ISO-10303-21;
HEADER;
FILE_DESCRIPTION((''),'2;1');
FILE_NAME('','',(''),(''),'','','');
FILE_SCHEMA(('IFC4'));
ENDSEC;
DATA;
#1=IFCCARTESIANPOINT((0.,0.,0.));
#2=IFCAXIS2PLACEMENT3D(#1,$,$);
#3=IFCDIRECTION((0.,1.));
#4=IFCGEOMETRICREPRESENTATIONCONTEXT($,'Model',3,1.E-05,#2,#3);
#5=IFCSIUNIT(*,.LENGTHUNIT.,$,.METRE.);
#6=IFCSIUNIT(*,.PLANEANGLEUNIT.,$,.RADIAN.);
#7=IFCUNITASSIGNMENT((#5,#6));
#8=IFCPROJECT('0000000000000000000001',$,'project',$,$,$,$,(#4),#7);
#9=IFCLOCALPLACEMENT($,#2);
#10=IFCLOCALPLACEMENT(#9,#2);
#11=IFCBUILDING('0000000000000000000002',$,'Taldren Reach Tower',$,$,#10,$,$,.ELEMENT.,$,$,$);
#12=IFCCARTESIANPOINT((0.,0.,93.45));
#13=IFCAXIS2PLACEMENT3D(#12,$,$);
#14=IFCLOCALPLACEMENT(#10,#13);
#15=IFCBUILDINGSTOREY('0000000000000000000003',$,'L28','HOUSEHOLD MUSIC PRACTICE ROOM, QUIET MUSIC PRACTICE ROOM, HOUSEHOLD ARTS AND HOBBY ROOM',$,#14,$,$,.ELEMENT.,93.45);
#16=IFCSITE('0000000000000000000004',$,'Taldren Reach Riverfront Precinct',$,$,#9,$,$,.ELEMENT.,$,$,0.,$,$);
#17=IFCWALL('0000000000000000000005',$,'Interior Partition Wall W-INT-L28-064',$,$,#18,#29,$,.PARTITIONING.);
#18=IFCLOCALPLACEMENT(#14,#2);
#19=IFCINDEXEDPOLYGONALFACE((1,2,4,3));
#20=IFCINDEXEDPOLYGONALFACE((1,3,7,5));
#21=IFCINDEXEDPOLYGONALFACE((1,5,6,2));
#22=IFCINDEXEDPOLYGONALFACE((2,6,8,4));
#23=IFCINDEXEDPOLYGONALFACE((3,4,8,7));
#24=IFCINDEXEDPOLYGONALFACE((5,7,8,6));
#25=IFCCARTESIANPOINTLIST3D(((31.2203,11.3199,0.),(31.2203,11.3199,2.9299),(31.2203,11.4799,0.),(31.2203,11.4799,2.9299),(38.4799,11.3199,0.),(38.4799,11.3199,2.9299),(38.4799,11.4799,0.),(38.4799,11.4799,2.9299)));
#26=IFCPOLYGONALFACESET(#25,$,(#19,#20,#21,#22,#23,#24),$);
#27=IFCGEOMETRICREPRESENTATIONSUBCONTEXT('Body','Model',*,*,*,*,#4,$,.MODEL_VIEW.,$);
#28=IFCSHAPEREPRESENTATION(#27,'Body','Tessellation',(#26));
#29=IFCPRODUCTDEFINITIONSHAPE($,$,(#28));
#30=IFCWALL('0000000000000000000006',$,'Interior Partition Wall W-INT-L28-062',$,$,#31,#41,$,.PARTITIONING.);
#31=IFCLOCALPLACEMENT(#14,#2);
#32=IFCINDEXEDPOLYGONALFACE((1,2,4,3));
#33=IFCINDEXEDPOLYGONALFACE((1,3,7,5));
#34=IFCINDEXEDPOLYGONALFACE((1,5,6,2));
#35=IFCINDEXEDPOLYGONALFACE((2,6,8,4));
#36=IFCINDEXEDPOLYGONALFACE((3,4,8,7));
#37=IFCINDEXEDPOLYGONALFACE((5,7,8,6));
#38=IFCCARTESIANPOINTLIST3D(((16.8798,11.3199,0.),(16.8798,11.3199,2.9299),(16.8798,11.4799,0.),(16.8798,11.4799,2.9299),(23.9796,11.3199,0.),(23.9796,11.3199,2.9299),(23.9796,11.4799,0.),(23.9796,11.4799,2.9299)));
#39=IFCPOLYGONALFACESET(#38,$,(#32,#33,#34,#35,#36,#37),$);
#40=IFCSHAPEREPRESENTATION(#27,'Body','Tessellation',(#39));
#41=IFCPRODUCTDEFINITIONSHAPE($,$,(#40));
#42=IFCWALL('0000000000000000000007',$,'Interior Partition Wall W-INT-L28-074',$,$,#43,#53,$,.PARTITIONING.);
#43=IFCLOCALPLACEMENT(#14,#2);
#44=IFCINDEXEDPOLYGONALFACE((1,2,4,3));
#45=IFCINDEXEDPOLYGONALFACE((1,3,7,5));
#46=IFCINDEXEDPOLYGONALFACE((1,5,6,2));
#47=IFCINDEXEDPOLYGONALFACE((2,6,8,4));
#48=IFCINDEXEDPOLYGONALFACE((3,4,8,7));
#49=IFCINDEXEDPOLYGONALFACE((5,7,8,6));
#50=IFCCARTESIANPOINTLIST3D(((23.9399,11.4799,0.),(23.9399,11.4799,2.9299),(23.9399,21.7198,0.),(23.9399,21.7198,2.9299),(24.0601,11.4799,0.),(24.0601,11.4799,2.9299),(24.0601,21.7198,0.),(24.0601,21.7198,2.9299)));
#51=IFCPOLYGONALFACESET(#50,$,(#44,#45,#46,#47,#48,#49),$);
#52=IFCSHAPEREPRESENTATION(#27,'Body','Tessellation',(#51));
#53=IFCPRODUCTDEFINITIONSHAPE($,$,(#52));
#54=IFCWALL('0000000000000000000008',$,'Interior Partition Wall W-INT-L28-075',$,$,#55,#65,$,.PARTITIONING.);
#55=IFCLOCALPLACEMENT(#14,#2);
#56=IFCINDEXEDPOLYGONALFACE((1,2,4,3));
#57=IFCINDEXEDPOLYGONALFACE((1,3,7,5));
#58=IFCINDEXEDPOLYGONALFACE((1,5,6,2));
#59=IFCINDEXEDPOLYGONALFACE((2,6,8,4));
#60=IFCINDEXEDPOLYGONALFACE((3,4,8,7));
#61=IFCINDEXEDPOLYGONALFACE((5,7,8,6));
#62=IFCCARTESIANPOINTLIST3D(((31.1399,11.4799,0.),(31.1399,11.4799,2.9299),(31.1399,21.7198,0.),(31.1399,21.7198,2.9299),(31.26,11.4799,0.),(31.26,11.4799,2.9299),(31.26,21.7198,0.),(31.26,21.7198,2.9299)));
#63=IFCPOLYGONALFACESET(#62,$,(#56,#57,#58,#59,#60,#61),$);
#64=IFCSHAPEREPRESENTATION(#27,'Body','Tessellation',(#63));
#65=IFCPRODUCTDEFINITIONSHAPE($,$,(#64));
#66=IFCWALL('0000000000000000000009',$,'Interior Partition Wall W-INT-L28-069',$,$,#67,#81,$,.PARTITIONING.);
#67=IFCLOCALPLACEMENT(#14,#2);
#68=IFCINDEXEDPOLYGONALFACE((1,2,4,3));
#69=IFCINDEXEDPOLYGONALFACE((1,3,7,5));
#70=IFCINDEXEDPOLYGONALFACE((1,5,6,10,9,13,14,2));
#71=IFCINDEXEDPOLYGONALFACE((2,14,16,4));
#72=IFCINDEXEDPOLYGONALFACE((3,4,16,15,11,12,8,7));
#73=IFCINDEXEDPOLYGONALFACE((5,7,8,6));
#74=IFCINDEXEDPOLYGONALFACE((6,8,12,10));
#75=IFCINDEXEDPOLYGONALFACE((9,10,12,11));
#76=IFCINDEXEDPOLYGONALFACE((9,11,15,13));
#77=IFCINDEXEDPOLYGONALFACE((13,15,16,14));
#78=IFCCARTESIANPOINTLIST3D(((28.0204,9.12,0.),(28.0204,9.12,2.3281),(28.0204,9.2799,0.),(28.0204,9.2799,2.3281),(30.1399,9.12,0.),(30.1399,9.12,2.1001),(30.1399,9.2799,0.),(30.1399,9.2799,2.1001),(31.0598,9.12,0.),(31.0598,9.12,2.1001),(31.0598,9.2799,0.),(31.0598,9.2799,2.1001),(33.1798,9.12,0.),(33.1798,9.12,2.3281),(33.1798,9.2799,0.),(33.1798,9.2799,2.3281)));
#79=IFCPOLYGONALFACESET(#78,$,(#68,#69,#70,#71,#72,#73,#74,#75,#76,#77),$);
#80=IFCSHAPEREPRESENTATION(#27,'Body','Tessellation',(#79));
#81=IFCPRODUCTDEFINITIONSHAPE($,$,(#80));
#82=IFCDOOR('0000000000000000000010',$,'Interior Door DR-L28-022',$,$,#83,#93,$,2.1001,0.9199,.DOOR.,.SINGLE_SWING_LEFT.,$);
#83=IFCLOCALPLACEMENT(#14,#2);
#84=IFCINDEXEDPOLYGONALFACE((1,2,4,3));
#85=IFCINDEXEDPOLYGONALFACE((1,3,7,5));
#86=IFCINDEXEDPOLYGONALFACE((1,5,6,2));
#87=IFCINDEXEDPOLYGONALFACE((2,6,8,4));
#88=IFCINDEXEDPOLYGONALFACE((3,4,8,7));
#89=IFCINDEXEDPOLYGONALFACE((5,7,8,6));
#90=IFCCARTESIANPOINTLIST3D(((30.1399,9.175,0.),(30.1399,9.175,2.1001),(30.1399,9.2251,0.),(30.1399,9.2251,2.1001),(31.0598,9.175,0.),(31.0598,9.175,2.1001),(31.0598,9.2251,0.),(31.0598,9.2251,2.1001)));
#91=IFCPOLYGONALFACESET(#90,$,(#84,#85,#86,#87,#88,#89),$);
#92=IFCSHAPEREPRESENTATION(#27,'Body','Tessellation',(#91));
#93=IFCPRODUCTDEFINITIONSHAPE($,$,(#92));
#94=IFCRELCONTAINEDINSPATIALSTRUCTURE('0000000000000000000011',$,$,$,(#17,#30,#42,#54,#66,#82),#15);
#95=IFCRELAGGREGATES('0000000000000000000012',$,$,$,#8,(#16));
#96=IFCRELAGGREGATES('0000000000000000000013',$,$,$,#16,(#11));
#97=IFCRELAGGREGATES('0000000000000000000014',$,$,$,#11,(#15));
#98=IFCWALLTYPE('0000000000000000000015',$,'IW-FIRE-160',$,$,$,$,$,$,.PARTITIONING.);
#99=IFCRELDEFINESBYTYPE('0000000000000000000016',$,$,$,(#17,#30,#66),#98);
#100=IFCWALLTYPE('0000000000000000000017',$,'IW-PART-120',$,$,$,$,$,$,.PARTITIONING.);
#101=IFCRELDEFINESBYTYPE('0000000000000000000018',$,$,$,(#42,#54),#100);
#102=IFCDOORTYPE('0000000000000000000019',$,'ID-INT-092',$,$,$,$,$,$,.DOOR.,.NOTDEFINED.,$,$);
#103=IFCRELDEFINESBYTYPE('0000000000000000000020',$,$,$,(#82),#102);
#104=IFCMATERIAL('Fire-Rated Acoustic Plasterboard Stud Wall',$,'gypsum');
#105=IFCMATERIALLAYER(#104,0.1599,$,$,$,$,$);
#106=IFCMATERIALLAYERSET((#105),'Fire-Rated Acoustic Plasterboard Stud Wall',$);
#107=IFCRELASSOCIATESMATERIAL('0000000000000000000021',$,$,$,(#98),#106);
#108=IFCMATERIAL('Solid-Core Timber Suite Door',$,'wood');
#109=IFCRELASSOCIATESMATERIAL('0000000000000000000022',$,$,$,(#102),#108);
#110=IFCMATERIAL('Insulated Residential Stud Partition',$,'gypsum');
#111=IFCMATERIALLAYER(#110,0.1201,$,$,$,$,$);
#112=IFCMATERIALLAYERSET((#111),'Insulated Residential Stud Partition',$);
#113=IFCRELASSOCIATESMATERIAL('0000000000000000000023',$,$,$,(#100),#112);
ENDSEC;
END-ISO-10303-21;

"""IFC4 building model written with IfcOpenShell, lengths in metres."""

from ifc_helpers import new_model, si_unit, direction, frame, frame_2d, origin, place, context, subcontext, project, spatial, rectangle, extrude, source, transform, mapped, material, layer, layer_set, type_object, element, fill, save


model = new_model("IFC4")

# Units and contexts
model_context = context("Model", 3, precision=1e-05, world=origin(), true_north=direction((0.0, 1.0)))
body_context = subcontext(model_context, "Body", "Model", "MODEL_VIEW")
ifc_project = project(units=[si_unit("LENGTHUNIT", "METRE"), si_unit("PLANEANGLEUNIT", "RADIAN")], contexts=[model_context])

# Site, building, storey
site_placement = place(None, origin())
site = spatial("IfcSite", under=ifc_project, at=site_placement, Name="Taldren Reach Riverfront Precinct", CompositionType="ELEMENT", RefElevation=0.0)
building_placement = place(site_placement, origin())
building = spatial("IfcBuilding", under=site, at=building_placement, Name="Taldren Reach Tower", CompositionType="ELEMENT")
storey_placement = place(building_placement, frame((0.0, 0.0, 93.45)))
storey = spatial("IfcBuildingStorey", under=building, at=storey_placement, Name="L28", Description="HOUSEHOLD MUSIC PRACTICE ROOM, QUIET MUSIC PRACTICE ROOM, HOUSEHOLD ARTS AND HOBBY ROOM", CompositionType="ELEMENT", Elevation=93.45)

# Shared definitions
ifc_material_1 = material(Name="Fire-Rated Acoustic Plasterboard Stud Wall", Category="gypsum")
ifc_layer_1 = layer(ifc_material_1, 0.1599)
ifc_layer_set_1 = layer_set([ifc_layer_1], Name="Fire-Rated Acoustic Plasterboard Stud Wall")
wall_type_1 = type_object("IfcWallType", Name="IW-FIRE-160", PredefinedType="PARTITIONING", material=ifc_layer_set_1)
shared_shape_1 = source(origin(), body_context, "Body", "SweptSolid", [
    extrude(rectangle(XDim=0.9199, YDim=2.1001, at=frame_2d((0.46, 1.05))), frame((0.0, 0.0898, 0.0), z_axis=(0.0, -1.0, 0.0), x_axis=(1.0, 0.0, 0.0)), (0.0, 0.0, 1.0), 0.1799),
])
ifc_material_2 = material(Name="Solid-Core Timber Suite Door", Category="wood")
door_type_1 = type_object("IfcDoorType", Name="ID-INT-092", OperationType="NOTDEFINED", PredefinedType="DOOR", material=ifc_material_2)
shared_shape_2 = source(origin(), body_context, "Body", "SweptSolid", [
    extrude(rectangle(XDim=0.9199, YDim=2.1001, at=frame_2d((0.46, 1.05))), frame((0.0, 0.0249, 0.0), z_axis=(0.0, -1.0, 0.0), x_axis=(1.0, 0.0, 0.0)), (0.0, 0.0, 1.0), 0.05),
])

# Walls
shared_shape_3 = source(origin(), body_context, "Body", "SweptSolid", [
    extrude(rectangle(XDim=7.2595, YDim=0.1599, at=frame_2d((3.6299, 0.0))), origin(), (0.0, 0.0, 1.0), 2.9299),
])
wall_1_placement = place(storey_placement, frame((31.2202, 11.3999, 0.0), z_axis=(0.0, 0.0, 1.0), x_axis=(1.0, 0.0, 0.0)))
element("IfcWall", 1, at=wall_1_placement, inside=storey, type_object=wall_type_1, Name="Interior Partition Wall W-INT-L28-064", PredefinedType="PARTITIONING", context=body_context, shape_type="MappedRepresentation", body=[
    mapped(shared_shape_3, transform((0.0, 0.0, 0.0), scale=1.0)),
])
shared_shape_4 = source(origin(), body_context, "Body", "SweptSolid", [
    extrude(rectangle(XDim=7.0999, YDim=0.1599, at=frame_2d((3.5498, 0.0))), origin(), (0.0, 0.0, 1.0), 2.9299),
])
wall_2_placement = place(storey_placement, frame((16.8799, 11.3999, 0.0), z_axis=(0.0, 0.0, 1.0), x_axis=(1.0, 0.0, 0.0)))
element("IfcWall", 2, at=wall_2_placement, inside=storey, type_object=wall_type_1, Name="Interior Partition Wall W-INT-L28-062", PredefinedType="PARTITIONING", context=body_context, shape_type="MappedRepresentation", body=[
    mapped(shared_shape_4, transform((0.0, 0.0, 0.0), scale=1.0)),
])
ifc_material_3 = material(Name="Insulated Residential Stud Partition", Category="gypsum")
ifc_layer_2 = layer(ifc_material_3, 0.1201)
ifc_layer_set_2 = layer_set([ifc_layer_2], Name="Insulated Residential Stud Partition")
wall_type_2 = type_object("IfcWallType", Name="IW-PART-120", PredefinedType="PARTITIONING", material=ifc_layer_set_2)
shared_shape_5 = source(origin(), body_context, "Body", "SweptSolid", [
    extrude(rectangle(XDim=10.24, YDim=0.1201, at=frame_2d((5.1201, 0.0))), origin(), (0.0, 0.0, 1.0), 2.9299),
])
for number, where, z_axis, x_axis, name in (
    (3, (24.0, 21.72, 0.0), (0.0, 0.0, 1.0), (0.0, -1.0, 0.0), "Interior Partition Wall W-INT-L28-074"),
    (4, (31.2, 21.72, 0.0), (0.0, 0.0, 1.0), (0.0, -1.0, 0.0), "Interior Partition Wall W-INT-L28-075"),
):
    element("IfcWall", number, at=place(storey_placement, frame(where, z_axis=z_axis, x_axis=x_axis)), inside=storey, type_object=wall_type_2, Name=name, PredefinedType="PARTITIONING", context=body_context, shape_type="MappedRepresentation", body=[
        mapped(shared_shape_5, transform((0.0, 0.0, 0.0), scale=1.0)),
    ])

# Wall, opening, door
shared_shape_6 = source(origin(), body_context, "Body", "SweptSolid", [
    extrude(rectangle(XDim=5.1594, YDim=0.1599, at=frame_2d((2.5796, 0.0))), origin(), (0.0, 0.0, 1.0), 2.3281),
])
wall_3_placement = place(storey_placement, frame((33.1797, 9.2, 0.0), z_axis=(0.0, 0.0, 1.0), x_axis=(-1.0, 0.0, 0.0)))
wall_3 = element("IfcWall", 5, at=wall_3_placement, inside=storey, type_object=wall_type_1, Name="Interior Partition Wall W-INT-L28-069", PredefinedType="PARTITIONING", context=body_context, shape_type="MappedRepresentation", body=[
    mapped(shared_shape_6, transform((0.0, 0.0, 0.0), scale=1.0)),
])
opening_1_placement = place(wall_3_placement, frame((2.1199, 0.0, 0.0)))
opening_1 = element("IfcOpeningElement", 6, at=opening_1_placement, cuts=wall_3, PredefinedType="OPENING", context=body_context, shape_type="MappedRepresentation", body=[
    mapped(shared_shape_1, transform((0.0, 0.0, 0.0), scale=1.0)),
])
door_1_placement = place(opening_1_placement, origin())
door_1 = element("IfcDoor", 7, at=door_1_placement, inside=storey, type_object=door_type_1, Name="Interior Door DR-L28-022", OperationType="SINGLE_SWING_LEFT", OverallHeight=2.1001, OverallWidth=0.9199, PredefinedType="DOOR", context=body_context, shape_type="MappedRepresentation", body=[
    mapped(shared_shape_2, transform((0.0, 0.0, 0.0), scale=1.0)),
])
fill(opening_1, door_1)

save(model, "model.ifc")
